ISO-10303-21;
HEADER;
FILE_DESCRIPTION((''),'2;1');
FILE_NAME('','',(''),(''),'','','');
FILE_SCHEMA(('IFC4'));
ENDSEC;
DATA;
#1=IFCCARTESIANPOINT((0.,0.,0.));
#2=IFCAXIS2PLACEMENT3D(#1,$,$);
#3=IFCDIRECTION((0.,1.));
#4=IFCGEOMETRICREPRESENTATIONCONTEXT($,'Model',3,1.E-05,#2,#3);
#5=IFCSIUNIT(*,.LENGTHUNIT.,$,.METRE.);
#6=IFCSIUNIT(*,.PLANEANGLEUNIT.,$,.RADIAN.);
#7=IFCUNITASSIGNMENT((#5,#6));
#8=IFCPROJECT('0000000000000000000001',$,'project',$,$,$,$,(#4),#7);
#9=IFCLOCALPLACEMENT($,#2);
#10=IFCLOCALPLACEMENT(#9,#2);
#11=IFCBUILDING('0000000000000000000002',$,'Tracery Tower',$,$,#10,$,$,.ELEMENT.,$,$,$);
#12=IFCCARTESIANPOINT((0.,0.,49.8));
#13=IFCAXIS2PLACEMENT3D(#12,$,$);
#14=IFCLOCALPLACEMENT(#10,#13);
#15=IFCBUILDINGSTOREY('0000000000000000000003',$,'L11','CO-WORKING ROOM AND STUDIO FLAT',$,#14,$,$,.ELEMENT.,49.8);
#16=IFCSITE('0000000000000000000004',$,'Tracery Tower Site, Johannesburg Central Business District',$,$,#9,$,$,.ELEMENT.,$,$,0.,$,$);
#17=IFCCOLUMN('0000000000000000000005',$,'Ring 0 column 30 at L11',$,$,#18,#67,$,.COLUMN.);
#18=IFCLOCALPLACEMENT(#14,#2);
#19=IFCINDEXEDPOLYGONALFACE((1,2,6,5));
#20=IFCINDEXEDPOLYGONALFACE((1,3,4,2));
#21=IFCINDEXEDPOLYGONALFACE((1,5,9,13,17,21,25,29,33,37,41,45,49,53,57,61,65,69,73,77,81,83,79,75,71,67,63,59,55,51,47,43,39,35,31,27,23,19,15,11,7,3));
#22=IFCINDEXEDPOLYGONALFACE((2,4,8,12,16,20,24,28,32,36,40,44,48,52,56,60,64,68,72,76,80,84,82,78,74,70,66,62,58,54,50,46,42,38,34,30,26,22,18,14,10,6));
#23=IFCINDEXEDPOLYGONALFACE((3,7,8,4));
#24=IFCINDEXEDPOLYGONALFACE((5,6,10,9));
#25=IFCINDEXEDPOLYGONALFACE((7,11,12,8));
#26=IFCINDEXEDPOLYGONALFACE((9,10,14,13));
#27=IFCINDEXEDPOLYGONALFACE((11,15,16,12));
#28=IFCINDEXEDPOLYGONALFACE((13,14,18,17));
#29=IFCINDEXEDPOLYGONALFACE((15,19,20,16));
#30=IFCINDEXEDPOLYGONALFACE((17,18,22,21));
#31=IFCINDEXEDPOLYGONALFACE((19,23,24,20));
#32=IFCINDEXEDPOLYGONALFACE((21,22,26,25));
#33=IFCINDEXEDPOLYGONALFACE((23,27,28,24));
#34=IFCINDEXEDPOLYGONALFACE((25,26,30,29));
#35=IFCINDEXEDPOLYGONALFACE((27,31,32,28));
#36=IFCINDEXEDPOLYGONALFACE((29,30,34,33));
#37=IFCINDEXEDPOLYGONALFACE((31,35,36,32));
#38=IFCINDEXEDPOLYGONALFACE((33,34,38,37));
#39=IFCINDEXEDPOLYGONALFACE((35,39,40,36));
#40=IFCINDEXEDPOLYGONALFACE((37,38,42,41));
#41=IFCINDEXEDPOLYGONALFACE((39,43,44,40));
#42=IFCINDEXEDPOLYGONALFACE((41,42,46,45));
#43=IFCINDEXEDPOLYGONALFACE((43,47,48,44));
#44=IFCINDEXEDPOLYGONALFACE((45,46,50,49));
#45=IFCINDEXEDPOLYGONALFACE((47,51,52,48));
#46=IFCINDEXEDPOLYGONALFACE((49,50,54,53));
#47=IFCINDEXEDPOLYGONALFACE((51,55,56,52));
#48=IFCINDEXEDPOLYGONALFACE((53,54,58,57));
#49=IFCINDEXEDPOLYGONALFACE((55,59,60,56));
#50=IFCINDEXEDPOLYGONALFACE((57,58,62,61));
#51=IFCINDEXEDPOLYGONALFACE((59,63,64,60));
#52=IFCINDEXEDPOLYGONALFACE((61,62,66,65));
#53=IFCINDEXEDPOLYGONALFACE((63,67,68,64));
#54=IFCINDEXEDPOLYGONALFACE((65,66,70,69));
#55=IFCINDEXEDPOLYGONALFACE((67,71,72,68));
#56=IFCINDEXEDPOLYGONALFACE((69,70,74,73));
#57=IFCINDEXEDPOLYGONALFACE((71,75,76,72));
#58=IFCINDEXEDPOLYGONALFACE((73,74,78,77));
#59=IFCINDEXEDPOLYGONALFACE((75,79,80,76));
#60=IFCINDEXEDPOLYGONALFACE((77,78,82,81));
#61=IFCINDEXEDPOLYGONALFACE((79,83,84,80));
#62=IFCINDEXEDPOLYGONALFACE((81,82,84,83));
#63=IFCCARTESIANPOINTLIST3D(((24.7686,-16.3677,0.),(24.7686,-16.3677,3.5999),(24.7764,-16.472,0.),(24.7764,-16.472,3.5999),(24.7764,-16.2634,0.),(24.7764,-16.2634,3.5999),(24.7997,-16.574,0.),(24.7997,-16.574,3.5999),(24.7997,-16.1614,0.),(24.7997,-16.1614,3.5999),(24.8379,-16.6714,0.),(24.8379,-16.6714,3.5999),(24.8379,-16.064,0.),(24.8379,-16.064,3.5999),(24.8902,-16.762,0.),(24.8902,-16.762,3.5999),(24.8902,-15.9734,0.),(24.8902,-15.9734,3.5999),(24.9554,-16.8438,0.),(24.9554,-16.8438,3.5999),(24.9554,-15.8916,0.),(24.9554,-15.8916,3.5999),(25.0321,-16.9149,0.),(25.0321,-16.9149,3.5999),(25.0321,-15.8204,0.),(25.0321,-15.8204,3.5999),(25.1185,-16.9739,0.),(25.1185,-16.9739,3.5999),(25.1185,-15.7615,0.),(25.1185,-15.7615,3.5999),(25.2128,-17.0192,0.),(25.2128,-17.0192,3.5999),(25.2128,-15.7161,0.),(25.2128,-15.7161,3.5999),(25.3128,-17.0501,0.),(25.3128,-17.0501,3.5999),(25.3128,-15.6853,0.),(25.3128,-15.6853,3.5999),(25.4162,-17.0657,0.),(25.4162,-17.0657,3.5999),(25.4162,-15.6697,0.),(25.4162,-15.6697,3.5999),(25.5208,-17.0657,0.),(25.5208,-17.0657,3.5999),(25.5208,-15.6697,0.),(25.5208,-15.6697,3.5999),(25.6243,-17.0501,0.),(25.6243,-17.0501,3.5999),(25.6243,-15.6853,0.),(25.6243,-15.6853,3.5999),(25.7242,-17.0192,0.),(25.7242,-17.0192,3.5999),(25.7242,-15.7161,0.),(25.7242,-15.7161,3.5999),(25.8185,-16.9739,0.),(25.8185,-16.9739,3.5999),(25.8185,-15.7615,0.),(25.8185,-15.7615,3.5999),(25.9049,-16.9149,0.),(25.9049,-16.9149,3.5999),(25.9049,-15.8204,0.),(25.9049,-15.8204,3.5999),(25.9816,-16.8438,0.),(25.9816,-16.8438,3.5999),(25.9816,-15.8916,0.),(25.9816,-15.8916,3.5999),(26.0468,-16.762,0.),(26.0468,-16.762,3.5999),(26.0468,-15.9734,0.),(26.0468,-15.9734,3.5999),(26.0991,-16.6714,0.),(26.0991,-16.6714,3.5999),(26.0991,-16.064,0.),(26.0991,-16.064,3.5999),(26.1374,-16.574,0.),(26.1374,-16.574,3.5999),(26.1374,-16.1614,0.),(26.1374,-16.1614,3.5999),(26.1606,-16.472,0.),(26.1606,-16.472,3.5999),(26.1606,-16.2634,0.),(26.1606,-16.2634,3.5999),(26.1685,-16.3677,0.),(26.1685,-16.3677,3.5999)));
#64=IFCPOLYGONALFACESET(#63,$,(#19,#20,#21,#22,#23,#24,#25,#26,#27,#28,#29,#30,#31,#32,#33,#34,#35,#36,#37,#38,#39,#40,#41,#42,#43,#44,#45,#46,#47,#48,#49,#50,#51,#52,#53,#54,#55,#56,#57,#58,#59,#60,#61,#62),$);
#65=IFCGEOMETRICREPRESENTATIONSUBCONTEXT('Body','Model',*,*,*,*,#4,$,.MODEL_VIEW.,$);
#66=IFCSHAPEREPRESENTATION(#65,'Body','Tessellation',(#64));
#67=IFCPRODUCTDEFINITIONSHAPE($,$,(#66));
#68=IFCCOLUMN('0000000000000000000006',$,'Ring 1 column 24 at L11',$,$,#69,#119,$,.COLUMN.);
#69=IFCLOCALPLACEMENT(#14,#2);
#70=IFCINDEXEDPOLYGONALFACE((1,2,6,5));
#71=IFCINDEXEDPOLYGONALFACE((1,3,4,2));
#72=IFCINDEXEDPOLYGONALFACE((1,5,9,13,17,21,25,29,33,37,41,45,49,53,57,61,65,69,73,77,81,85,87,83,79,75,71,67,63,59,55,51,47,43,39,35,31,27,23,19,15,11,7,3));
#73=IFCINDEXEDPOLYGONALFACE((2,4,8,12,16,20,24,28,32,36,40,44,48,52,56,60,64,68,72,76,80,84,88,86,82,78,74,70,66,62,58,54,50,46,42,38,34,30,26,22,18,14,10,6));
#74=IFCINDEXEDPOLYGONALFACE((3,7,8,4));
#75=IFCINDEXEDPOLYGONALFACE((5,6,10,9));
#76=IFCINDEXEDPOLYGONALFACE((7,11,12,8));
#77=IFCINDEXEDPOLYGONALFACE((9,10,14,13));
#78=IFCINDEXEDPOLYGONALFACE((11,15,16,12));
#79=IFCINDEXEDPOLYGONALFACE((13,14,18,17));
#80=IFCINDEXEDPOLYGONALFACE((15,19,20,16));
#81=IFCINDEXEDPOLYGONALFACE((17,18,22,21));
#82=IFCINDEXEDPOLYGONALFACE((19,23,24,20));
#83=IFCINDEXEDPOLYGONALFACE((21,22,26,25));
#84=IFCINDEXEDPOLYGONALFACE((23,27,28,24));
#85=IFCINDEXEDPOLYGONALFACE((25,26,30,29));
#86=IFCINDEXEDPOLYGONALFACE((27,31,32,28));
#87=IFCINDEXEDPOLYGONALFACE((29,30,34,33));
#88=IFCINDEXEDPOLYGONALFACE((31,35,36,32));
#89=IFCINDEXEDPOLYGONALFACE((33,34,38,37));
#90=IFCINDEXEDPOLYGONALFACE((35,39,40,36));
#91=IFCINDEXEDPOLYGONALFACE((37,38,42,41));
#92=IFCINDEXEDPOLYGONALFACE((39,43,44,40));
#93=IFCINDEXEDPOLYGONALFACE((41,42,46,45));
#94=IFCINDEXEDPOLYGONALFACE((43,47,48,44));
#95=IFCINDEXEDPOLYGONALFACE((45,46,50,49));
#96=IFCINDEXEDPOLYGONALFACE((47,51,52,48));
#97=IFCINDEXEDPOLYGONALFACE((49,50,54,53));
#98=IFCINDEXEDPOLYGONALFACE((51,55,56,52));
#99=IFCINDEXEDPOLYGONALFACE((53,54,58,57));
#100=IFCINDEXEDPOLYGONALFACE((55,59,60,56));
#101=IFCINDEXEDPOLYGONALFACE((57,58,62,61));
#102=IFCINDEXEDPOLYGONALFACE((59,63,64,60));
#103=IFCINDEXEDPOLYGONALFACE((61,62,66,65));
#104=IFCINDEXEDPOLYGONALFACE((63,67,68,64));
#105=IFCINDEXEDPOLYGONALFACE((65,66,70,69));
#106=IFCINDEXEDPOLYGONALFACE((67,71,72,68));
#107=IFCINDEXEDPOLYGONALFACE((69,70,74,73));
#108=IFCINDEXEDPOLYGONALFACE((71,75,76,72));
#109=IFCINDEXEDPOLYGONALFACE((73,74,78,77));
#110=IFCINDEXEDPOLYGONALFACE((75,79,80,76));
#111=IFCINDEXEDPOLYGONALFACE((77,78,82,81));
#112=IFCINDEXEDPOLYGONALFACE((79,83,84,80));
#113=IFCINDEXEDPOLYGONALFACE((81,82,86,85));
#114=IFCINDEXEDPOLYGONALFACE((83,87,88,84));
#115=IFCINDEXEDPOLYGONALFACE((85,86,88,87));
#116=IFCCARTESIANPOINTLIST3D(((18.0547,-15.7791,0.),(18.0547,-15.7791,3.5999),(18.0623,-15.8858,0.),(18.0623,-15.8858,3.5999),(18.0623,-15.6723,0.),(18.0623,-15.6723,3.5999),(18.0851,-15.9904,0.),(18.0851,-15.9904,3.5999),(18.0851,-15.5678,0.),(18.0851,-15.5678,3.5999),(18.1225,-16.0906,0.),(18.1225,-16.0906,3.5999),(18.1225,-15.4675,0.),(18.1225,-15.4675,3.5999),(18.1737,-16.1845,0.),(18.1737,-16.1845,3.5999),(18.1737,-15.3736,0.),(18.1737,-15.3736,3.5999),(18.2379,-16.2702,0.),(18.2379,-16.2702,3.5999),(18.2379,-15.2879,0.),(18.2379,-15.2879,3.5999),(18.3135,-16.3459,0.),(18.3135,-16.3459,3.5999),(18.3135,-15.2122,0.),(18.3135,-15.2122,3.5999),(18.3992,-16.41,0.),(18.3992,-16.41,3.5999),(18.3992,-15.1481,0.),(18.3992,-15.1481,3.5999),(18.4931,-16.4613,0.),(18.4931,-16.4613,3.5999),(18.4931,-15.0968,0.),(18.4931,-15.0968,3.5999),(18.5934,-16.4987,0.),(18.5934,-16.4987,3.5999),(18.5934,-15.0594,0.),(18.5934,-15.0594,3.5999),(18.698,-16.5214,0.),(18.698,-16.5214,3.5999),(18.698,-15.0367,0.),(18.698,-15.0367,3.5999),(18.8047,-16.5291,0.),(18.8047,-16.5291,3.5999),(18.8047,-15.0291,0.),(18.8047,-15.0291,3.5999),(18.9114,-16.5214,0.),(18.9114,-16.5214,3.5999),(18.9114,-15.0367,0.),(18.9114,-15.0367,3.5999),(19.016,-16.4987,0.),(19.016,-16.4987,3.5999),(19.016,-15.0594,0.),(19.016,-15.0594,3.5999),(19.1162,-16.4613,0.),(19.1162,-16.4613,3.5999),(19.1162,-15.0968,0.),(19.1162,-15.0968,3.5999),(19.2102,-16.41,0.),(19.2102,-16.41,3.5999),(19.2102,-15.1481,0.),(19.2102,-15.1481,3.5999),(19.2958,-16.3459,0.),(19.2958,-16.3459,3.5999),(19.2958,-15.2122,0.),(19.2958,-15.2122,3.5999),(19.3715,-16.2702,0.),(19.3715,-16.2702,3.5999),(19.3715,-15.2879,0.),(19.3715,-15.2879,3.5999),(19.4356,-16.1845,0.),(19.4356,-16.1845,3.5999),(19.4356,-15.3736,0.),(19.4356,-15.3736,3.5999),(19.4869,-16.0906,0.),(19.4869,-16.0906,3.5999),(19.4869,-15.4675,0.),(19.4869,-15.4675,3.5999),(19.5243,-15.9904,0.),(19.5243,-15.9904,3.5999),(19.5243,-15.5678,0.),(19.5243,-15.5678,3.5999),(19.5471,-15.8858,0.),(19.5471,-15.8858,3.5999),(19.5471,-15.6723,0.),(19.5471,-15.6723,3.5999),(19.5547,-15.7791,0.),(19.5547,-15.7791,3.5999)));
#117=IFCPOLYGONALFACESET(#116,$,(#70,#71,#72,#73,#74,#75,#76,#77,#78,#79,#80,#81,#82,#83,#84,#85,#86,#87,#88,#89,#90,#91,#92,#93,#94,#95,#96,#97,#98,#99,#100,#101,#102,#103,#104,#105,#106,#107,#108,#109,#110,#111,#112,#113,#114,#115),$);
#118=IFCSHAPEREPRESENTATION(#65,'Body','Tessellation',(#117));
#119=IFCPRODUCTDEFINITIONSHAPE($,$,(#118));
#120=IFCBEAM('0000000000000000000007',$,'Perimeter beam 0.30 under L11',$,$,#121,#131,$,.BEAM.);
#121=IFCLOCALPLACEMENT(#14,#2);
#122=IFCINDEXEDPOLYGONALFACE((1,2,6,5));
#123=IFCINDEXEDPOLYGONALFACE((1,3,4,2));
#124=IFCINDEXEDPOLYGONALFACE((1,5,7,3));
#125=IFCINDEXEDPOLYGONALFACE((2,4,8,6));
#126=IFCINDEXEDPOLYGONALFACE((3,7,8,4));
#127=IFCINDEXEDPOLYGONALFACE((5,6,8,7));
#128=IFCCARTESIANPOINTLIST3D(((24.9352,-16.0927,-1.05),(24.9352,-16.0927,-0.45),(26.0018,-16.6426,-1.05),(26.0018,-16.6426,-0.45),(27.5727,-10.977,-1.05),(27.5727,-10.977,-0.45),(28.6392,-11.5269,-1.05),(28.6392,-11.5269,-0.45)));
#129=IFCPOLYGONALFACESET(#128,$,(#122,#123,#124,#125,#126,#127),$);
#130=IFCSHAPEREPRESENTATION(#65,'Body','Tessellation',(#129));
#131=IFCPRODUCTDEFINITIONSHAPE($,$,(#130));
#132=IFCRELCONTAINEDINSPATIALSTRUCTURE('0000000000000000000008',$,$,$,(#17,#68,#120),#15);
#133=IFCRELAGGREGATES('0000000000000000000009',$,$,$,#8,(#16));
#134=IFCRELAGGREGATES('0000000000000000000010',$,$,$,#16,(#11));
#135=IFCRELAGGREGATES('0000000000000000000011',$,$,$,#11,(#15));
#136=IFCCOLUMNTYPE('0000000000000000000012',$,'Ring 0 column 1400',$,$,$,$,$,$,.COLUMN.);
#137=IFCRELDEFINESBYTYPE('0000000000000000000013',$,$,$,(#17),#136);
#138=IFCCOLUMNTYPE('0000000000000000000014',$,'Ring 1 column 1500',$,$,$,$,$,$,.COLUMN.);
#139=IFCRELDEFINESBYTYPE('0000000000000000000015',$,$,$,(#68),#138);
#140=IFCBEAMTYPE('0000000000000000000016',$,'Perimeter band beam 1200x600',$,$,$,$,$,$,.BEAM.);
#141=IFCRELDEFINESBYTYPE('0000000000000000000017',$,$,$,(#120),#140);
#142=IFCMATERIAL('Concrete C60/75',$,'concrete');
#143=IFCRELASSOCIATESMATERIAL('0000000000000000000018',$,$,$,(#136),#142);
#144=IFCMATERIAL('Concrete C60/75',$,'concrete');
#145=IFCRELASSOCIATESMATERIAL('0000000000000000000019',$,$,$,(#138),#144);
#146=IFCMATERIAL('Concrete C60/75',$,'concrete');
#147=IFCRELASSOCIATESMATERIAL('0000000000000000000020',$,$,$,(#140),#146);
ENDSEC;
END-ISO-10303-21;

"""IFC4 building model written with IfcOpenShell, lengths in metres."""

from ifc_helpers import new_model, si_unit, direction, frame, origin, origin_2d, place, context, subcontext, project, spatial, rectangle, circle, extrude, material, material_profile, profile_set, type_object, element, save


model = new_model("IFC4")

# Units and contexts
model_context = context("Model", 3, precision=1e-05, world=origin(), true_north=direction((0.0, 1.0)))
body_context = subcontext(model_context, "Body", "Model", "MODEL_VIEW")
ifc_project = project(units=[si_unit("LENGTHUNIT", "METRE"), si_unit("PLANEANGLEUNIT", "RADIAN")], contexts=[model_context])

# Site, building, storey
site_placement = place(None, origin())
site = spatial("IfcSite", under=ifc_project, at=site_placement, Name="Tracery Tower Site, Johannesburg Central Business District", CompositionType="ELEMENT", RefElevation=0.0)
building_placement = place(site_placement, origin())
building = spatial("IfcBuilding", under=site, at=building_placement, Name="Tracery Tower", CompositionType="ELEMENT")
storey_placement = place(building_placement, frame((0.0, 0.0, 49.8)))
storey = spatial("IfcBuildingStorey", under=building, at=storey_placement, Name="L11", Description="CO-WORKING ROOM AND STUDIO FLAT", CompositionType="ELEMENT", Elevation=49.8)

# Columns
ifc_material_1 = material(Name="Concrete C60/75", Category="concrete")
ifc_material_profile_1 = material_profile(ifc_material_1, circle(Radius=0.7, at=origin_2d()), Name="RC D1400")
ifc_profile_set_1 = profile_set([ifc_material_profile_1], Name="Concrete C60/75")
column_type_1 = type_object("IfcColumnType", Name="Ring 0 column 1400", PredefinedType="COLUMN", material=ifc_profile_set_1)
column_1_placement = place(storey_placement, frame((25.4685, -16.3677, 0.0), z_axis=(0.0, 0.0, 1.0), x_axis=(1.0, 0.0, 0.0)))
element("IfcColumn", 1, at=column_1_placement, inside=storey, type_object=column_type_1, Name="Ring 0 column 30 at L11", PredefinedType="COLUMN", context=body_context, shape_type="SweptSolid", body=[
    extrude(circle(Radius=0.7, at=origin_2d()), origin(), (0.0, 0.0, 1.0), 3.5999),
])
ifc_material_2 = material(Name="Concrete C60/75", Category="concrete")
ifc_material_profile_2 = material_profile(ifc_material_2, circle(Radius=0.75, at=origin_2d()), Name="RC D1500")
ifc_profile_set_2 = profile_set([ifc_material_profile_2], Name="Concrete C60/75")
column_type_2 = type_object("IfcColumnType", Name="Ring 1 column 1500", PredefinedType="COLUMN", material=ifc_profile_set_2)
column_2_placement = place(storey_placement, frame((18.8047, -15.7791, 0.0), z_axis=(0.0, 0.0, 1.0), x_axis=(1.0, 0.0, 0.0)))
element("IfcColumn", 2, at=column_2_placement, inside=storey, type_object=column_type_2, Name="Ring 1 column 24 at L11", PredefinedType="COLUMN", context=body_context, shape_type="SweptSolid", body=[
    extrude(circle(Radius=0.75, at=origin_2d()), origin(), (0.0, 0.0, 1.0), 3.5999),
])

# Beam
ifc_material_3 = material(Name="Concrete C60/75", Category="concrete")
ifc_material_profile_3 = material_profile(ifc_material_3, rectangle(XDim=1.2, YDim=0.6001, at=origin_2d()), Name="RC 1200x600")
ifc_profile_set_3 = profile_set([ifc_material_profile_3], Name="Concrete C60/75")
beam_type = type_object("IfcBeamType", Name="Perimeter band beam 1200x600", PredefinedType="BEAM", material=ifc_profile_set_3)
beam_placement = place(storey_placement, frame((25.4685, -16.3677, -0.75), z_axis=(0.458242, 0.888827, 0.0), x_axis=(-0.888827, 0.458242, 0.0)))
element("IfcBeam", 3, at=beam_placement, inside=storey, type_object=beam_type, Name="Perimeter beam 0.30 under L11", PredefinedType="BEAM", context=body_context, shape_type="SweptSolid", body=[
    extrude(rectangle(XDim=1.2, YDim=0.6001, at=origin_2d()), origin(), (0.0, 0.0, 1.0), 5.7556),
])

save(model, "model.ifc")
